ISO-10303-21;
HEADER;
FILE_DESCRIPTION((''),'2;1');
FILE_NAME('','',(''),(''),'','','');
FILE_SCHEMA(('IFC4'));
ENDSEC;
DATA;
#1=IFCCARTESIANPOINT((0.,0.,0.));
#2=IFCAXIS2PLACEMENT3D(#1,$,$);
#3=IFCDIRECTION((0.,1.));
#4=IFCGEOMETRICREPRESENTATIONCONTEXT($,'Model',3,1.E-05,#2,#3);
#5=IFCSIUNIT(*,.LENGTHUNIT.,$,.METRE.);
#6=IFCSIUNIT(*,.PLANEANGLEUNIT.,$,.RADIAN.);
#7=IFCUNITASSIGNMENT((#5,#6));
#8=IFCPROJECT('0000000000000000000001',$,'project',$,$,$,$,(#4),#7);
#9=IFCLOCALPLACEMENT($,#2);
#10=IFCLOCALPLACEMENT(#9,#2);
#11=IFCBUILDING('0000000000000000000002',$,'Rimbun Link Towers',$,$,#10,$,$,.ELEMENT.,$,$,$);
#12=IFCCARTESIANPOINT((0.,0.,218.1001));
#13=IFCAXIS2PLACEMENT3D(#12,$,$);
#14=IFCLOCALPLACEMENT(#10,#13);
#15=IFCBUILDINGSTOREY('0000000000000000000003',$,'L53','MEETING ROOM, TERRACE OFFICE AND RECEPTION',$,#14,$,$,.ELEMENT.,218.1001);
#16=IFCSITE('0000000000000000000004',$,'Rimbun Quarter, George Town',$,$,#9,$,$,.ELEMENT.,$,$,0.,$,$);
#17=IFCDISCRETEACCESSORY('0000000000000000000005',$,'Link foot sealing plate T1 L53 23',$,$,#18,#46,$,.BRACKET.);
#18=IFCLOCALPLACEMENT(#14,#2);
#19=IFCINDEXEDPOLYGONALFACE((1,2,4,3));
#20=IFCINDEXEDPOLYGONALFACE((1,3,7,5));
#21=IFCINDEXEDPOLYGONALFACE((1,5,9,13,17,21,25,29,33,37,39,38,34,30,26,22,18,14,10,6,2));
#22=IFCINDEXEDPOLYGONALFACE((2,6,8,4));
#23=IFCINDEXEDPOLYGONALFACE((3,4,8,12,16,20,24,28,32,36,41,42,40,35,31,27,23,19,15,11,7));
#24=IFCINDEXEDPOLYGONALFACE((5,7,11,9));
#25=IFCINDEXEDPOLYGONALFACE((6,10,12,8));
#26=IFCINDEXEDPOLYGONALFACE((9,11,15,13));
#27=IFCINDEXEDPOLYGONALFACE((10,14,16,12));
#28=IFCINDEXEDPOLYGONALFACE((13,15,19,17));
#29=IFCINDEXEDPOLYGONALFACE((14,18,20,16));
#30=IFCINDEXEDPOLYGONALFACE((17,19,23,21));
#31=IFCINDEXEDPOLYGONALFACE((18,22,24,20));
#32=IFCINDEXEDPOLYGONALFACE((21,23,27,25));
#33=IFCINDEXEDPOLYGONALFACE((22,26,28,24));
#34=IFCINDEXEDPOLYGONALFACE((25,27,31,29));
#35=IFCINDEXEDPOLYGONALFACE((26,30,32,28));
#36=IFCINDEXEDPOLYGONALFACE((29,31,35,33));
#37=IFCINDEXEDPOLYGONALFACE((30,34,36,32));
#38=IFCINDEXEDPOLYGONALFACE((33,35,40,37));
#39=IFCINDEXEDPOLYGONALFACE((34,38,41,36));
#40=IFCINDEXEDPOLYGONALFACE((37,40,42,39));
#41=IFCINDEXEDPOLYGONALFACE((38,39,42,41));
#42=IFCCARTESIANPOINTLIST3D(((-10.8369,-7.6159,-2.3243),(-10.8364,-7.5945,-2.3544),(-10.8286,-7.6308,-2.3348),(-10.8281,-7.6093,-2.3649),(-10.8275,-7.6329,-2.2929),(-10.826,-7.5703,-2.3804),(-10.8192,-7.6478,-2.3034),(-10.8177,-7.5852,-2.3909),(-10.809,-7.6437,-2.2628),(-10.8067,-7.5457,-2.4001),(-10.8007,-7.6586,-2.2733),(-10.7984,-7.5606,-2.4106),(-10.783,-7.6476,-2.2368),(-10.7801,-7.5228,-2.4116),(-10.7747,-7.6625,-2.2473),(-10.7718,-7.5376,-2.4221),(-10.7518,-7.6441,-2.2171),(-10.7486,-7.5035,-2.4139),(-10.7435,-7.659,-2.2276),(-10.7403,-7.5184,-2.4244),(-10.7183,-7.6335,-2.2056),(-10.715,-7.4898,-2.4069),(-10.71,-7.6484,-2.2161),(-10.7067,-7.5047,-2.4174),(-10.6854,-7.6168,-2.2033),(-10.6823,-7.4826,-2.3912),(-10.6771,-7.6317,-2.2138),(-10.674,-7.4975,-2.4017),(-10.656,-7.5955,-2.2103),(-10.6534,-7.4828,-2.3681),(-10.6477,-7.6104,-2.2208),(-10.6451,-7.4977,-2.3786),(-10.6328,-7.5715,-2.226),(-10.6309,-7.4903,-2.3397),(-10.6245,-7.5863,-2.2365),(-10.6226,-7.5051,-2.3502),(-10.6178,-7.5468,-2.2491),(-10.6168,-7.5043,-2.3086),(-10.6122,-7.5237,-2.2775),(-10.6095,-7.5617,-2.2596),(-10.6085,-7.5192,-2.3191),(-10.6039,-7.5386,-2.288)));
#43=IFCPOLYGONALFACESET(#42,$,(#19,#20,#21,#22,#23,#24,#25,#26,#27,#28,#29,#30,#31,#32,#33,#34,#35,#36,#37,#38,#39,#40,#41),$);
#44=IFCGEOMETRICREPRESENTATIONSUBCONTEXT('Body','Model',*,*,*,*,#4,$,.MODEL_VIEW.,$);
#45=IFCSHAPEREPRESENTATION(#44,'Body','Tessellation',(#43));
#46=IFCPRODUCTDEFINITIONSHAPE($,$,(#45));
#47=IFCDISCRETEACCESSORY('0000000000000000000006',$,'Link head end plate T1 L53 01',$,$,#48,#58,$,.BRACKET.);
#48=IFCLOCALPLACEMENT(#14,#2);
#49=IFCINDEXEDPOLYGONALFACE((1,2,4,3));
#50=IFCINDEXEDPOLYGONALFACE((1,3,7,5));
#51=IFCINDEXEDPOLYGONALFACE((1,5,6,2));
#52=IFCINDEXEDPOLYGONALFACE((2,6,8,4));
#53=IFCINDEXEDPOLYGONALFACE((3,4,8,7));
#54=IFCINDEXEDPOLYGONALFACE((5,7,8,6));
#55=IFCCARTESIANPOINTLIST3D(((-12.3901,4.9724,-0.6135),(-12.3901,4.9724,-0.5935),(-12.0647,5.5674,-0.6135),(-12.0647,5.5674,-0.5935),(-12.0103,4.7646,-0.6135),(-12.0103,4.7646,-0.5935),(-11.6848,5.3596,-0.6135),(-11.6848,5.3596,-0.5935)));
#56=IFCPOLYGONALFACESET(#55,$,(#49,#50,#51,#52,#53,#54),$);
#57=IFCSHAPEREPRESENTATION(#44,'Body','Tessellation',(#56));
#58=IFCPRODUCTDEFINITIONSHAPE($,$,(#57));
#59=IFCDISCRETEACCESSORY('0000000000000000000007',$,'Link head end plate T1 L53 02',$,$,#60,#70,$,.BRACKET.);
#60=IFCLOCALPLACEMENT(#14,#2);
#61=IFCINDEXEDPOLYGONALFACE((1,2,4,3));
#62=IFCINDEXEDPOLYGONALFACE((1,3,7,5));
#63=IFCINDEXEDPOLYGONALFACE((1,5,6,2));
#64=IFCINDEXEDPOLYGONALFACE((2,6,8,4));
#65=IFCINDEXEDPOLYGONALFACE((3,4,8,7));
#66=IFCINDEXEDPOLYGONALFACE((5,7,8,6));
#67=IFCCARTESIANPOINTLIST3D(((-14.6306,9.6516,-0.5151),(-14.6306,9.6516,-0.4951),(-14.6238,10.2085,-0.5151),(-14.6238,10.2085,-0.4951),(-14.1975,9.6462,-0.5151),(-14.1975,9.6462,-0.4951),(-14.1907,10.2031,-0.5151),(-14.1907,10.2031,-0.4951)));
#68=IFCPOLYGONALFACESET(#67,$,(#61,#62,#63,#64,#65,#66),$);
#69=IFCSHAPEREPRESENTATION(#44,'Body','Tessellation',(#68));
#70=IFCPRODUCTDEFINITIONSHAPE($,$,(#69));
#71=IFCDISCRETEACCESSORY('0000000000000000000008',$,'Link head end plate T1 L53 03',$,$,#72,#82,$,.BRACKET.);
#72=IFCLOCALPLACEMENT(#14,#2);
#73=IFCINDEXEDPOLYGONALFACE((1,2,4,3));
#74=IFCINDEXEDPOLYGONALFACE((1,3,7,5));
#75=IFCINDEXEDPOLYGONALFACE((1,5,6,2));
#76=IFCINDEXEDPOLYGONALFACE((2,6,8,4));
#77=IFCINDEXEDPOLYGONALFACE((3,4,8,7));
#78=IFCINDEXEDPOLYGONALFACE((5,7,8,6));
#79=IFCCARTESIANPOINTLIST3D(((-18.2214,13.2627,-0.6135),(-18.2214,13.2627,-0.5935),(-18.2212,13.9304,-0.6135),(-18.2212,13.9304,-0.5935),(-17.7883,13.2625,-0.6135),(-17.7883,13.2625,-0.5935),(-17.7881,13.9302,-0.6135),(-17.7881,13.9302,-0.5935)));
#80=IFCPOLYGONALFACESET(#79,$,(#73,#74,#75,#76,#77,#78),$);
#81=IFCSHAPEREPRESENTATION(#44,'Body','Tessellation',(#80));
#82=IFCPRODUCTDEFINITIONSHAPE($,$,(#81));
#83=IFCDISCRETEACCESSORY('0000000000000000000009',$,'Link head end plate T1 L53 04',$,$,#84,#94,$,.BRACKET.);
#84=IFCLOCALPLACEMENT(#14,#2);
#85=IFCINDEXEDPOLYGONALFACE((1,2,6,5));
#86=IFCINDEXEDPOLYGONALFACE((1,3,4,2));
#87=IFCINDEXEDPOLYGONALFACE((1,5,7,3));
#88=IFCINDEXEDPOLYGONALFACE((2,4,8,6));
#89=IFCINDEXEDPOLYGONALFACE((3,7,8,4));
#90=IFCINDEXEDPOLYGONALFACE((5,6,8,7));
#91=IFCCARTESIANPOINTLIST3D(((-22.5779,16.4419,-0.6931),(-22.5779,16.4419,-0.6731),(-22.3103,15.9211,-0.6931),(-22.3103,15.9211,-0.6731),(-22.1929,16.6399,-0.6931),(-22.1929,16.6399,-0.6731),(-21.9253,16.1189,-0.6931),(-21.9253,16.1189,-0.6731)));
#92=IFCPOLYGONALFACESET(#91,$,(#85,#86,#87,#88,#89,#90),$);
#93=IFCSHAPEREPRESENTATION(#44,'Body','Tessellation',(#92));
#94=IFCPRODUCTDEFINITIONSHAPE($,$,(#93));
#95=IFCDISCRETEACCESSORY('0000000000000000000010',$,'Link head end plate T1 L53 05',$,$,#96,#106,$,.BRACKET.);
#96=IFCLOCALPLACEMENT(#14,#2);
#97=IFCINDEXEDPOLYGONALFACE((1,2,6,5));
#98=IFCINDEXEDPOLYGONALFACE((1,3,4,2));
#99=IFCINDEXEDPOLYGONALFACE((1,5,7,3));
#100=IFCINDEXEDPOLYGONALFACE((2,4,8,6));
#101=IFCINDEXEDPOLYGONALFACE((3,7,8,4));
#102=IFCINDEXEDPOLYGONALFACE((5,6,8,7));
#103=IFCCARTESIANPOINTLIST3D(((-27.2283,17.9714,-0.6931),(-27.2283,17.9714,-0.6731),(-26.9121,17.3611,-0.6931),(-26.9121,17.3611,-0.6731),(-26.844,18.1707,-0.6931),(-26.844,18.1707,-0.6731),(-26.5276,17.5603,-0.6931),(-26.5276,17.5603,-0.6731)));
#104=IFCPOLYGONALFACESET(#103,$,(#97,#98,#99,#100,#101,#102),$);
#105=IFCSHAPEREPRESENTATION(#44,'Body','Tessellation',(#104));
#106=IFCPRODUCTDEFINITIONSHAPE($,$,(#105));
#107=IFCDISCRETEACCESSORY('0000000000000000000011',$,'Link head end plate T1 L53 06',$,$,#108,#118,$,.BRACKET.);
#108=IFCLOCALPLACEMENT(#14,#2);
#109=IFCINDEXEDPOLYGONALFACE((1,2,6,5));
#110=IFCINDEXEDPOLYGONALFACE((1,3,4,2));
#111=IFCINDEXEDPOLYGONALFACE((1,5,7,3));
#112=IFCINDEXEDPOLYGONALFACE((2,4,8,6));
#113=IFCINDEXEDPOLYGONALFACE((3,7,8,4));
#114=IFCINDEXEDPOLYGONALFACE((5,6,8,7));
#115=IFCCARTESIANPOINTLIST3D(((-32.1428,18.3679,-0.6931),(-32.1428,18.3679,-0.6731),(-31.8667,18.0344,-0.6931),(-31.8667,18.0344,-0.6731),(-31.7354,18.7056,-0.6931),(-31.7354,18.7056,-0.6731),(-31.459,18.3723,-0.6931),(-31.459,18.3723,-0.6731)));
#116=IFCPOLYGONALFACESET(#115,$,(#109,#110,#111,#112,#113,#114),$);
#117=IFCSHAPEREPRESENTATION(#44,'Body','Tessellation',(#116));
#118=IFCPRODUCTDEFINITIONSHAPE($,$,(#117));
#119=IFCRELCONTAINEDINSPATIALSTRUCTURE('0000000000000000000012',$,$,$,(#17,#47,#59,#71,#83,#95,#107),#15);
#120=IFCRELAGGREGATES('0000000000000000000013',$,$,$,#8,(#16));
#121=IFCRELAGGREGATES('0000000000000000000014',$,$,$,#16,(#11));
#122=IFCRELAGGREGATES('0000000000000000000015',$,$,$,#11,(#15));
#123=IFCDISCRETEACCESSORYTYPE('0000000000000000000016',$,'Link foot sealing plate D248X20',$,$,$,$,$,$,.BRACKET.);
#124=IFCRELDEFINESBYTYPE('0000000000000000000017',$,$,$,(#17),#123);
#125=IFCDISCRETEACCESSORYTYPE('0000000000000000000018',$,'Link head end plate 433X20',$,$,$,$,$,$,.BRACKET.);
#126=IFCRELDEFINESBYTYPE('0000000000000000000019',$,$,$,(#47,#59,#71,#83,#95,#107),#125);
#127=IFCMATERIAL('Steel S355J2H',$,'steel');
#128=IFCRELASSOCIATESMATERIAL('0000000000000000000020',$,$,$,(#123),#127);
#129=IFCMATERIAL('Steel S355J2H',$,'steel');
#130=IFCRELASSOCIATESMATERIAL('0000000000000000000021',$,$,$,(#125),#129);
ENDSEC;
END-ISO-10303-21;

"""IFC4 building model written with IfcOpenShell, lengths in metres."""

from ifc_helpers import new_model, si_unit, direction, frame, origin, origin_2d, place, context, subcontext, project, spatial, polyline, rectangle, circle, outline, extrude, material, material_profile, profile_set, type_object, element, save


model = new_model("IFC4")

# Units and contexts
model_context = context("Model", 3, precision=1e-05, world=origin(), true_north=direction((0.0, 1.0)))
body_context = subcontext(model_context, "Body", "Model", "MODEL_VIEW")
ifc_project = project(units=[si_unit("LENGTHUNIT", "METRE"), si_unit("PLANEANGLEUNIT", "RADIAN")], contexts=[model_context])

# Site, building, storey
site_placement = place(None, origin())
site = spatial("IfcSite", under=ifc_project, at=site_placement, Name="Rimbun Quarter, George Town", CompositionType="ELEMENT", RefElevation=0.0)
building_placement = place(site_placement, origin())
building = spatial("IfcBuilding", under=site, at=building_placement, Name="Rimbun Link Towers", CompositionType="ELEMENT")
storey_placement = place(building_placement, frame((0.0, 0.0, 218.1001)))
storey = spatial("IfcBuildingStorey", under=building, at=storey_placement, Name="L53", Description="MEETING ROOM, TERRACE OFFICE AND RECEPTION", CompositionType="ELEMENT", Elevation=218.1001)

# Discrete accessories
ifc_material_1 = material(Name="Steel S355J2H", Category="steel")
ifc_material_profile_1 = material_profile(ifc_material_1, circle(Radius=0.124, at=origin_2d()), Name="PL D248")
ifc_profile_set_1 = profile_set([ifc_material_profile_1], Name="Steel S355J2H")
discrete_accessory_type_1 = type_object("IfcDiscreteAccessoryType", Name="Link foot sealing plate D248X20", PredefinedType="BRACKET", material=ifc_profile_set_1)
discrete_accessory_1_placement = place(storey_placement, frame((-10.7251, -7.5647, -2.3086), z_axis=(0.414572, -0.743792, -0.524312), x_axis=(0.873481, 0.486858, 0.0)))
element("IfcDiscreteAccessory", 1, at=discrete_accessory_1_placement, inside=storey, type_object=discrete_accessory_type_1, Name="Link foot sealing plate T1 L53 23", PredefinedType="BRACKET", context=body_context, shape_type="SweptSolid", body=[
    extrude(circle(Radius=0.124, at=origin_2d()), origin(), (0.0, 0.0, 1.0), 0.02),
])
ifc_material_2 = material(Name="Steel S355J2H", Category="steel")
ifc_material_profile_2 = material_profile(ifc_material_2, rectangle(XDim=0.4331, YDim=0.4331, at=origin_2d()), Name="PL 433x433")
ifc_profile_set_2 = profile_set([ifc_material_profile_2], Name="Steel S355J2H")
discrete_accessory_type_2 = type_object("IfcDiscreteAccessoryType", Name="Link head end plate 433X20", PredefinedType="BRACKET", material=ifc_profile_set_2)
discrete_accessory_2_placement = place(storey_placement, frame((0.0, 0.0, -0.6135)))
element("IfcDiscreteAccessory", 2, at=discrete_accessory_2_placement, inside=storey, type_object=discrete_accessory_type_2, Name="Link head end plate T1 L53 01", PredefinedType="BRACKET", context=body_context, shape_type="SweptSolid", body=[
    extrude(outline(polyline([(-12.0103, 4.7646), (-11.6848, 5.3596), (-12.0647, 5.5674), (-12.3901, 4.9724), (-12.0103, 4.7646)])), origin(), (0.0, 0.0, 1.0), 0.02),
])
discrete_accessory_3_placement = place(storey_placement, frame((0.0, 0.0, -0.5151)))
element("IfcDiscreteAccessory", 3, at=discrete_accessory_3_placement, inside=storey, type_object=discrete_accessory_type_2, Name="Link head end plate T1 L53 02", PredefinedType="BRACKET", context=body_context, shape_type="SweptSolid", body=[
    extrude(outline(polyline([(-14.1975, 9.6462), (-14.1907, 10.2031), (-14.6238, 10.2085), (-14.6306, 9.6516), (-14.1975, 9.6462)])), origin(), (0.0, 0.0, 1.0), 0.02),
])
discrete_accessory_4_placement = place(storey_placement, frame((0.0, 0.0, -0.6135)))
element("IfcDiscreteAccessory", 4, at=discrete_accessory_4_placement, inside=storey, type_object=discrete_accessory_type_2, Name="Link head end plate T1 L53 03", PredefinedType="BRACKET", context=body_context, shape_type="SweptSolid", body=[
    extrude(outline(polyline([(-17.7883, 13.2625), (-17.7881, 13.9302), (-18.2212, 13.9304), (-18.2214, 13.2627), (-17.7883, 13.2625)])), origin(), (0.0, 0.0, 1.0), 0.02),
])
discrete_accessory_5_placement = place(storey_placement, frame((0.0, 0.0, -0.6931)))
element("IfcDiscreteAccessory", 5, at=discrete_accessory_5_placement, inside=storey, type_object=discrete_accessory_type_2, Name="Link head end plate T1 L53 04", PredefinedType="BRACKET", context=body_context, shape_type="SweptSolid", body=[
    extrude(outline(polyline([(-21.9253, 16.1189), (-22.1929, 16.6399), (-22.5779, 16.4419), (-22.3103, 15.9211), (-21.9253, 16.1189)])), origin(), (0.0, 0.0, 1.0), 0.02),
])
discrete_accessory_6_placement = place(storey_placement, frame((0.0, 0.0, -0.6931)))
element("IfcDiscreteAccessory", 6, at=discrete_accessory_6_placement, inside=storey, type_object=discrete_accessory_type_2, Name="Link head end plate T1 L53 05", PredefinedType="BRACKET", context=body_context, shape_type="SweptSolid", body=[
    extrude(outline(polyline([(-26.5276, 17.5603), (-26.844, 18.1707), (-27.2283, 17.9714), (-26.9121, 17.3611), (-26.5276, 17.5603)])), origin(), (0.0, 0.0, 1.0), 0.02),
])
discrete_accessory_7_placement = place(storey_placement, frame((0.0, 0.0, -0.6931)))
element("IfcDiscreteAccessory", 7, at=discrete_accessory_7_placement, inside=storey, type_object=discrete_accessory_type_2, Name="Link head end plate T1 L53 06", PredefinedType="BRACKET", context=body_context, shape_type="SweptSolid", body=[
    extrude(outline(polyline([(-31.8667, 18.0344), (-31.459, 18.3723), (-31.7354, 18.7056), (-32.1428, 18.3679), (-31.8667, 18.0344)])), origin(), (0.0, 0.0, 1.0), 0.02),
])

save(model, "model.ifc")
